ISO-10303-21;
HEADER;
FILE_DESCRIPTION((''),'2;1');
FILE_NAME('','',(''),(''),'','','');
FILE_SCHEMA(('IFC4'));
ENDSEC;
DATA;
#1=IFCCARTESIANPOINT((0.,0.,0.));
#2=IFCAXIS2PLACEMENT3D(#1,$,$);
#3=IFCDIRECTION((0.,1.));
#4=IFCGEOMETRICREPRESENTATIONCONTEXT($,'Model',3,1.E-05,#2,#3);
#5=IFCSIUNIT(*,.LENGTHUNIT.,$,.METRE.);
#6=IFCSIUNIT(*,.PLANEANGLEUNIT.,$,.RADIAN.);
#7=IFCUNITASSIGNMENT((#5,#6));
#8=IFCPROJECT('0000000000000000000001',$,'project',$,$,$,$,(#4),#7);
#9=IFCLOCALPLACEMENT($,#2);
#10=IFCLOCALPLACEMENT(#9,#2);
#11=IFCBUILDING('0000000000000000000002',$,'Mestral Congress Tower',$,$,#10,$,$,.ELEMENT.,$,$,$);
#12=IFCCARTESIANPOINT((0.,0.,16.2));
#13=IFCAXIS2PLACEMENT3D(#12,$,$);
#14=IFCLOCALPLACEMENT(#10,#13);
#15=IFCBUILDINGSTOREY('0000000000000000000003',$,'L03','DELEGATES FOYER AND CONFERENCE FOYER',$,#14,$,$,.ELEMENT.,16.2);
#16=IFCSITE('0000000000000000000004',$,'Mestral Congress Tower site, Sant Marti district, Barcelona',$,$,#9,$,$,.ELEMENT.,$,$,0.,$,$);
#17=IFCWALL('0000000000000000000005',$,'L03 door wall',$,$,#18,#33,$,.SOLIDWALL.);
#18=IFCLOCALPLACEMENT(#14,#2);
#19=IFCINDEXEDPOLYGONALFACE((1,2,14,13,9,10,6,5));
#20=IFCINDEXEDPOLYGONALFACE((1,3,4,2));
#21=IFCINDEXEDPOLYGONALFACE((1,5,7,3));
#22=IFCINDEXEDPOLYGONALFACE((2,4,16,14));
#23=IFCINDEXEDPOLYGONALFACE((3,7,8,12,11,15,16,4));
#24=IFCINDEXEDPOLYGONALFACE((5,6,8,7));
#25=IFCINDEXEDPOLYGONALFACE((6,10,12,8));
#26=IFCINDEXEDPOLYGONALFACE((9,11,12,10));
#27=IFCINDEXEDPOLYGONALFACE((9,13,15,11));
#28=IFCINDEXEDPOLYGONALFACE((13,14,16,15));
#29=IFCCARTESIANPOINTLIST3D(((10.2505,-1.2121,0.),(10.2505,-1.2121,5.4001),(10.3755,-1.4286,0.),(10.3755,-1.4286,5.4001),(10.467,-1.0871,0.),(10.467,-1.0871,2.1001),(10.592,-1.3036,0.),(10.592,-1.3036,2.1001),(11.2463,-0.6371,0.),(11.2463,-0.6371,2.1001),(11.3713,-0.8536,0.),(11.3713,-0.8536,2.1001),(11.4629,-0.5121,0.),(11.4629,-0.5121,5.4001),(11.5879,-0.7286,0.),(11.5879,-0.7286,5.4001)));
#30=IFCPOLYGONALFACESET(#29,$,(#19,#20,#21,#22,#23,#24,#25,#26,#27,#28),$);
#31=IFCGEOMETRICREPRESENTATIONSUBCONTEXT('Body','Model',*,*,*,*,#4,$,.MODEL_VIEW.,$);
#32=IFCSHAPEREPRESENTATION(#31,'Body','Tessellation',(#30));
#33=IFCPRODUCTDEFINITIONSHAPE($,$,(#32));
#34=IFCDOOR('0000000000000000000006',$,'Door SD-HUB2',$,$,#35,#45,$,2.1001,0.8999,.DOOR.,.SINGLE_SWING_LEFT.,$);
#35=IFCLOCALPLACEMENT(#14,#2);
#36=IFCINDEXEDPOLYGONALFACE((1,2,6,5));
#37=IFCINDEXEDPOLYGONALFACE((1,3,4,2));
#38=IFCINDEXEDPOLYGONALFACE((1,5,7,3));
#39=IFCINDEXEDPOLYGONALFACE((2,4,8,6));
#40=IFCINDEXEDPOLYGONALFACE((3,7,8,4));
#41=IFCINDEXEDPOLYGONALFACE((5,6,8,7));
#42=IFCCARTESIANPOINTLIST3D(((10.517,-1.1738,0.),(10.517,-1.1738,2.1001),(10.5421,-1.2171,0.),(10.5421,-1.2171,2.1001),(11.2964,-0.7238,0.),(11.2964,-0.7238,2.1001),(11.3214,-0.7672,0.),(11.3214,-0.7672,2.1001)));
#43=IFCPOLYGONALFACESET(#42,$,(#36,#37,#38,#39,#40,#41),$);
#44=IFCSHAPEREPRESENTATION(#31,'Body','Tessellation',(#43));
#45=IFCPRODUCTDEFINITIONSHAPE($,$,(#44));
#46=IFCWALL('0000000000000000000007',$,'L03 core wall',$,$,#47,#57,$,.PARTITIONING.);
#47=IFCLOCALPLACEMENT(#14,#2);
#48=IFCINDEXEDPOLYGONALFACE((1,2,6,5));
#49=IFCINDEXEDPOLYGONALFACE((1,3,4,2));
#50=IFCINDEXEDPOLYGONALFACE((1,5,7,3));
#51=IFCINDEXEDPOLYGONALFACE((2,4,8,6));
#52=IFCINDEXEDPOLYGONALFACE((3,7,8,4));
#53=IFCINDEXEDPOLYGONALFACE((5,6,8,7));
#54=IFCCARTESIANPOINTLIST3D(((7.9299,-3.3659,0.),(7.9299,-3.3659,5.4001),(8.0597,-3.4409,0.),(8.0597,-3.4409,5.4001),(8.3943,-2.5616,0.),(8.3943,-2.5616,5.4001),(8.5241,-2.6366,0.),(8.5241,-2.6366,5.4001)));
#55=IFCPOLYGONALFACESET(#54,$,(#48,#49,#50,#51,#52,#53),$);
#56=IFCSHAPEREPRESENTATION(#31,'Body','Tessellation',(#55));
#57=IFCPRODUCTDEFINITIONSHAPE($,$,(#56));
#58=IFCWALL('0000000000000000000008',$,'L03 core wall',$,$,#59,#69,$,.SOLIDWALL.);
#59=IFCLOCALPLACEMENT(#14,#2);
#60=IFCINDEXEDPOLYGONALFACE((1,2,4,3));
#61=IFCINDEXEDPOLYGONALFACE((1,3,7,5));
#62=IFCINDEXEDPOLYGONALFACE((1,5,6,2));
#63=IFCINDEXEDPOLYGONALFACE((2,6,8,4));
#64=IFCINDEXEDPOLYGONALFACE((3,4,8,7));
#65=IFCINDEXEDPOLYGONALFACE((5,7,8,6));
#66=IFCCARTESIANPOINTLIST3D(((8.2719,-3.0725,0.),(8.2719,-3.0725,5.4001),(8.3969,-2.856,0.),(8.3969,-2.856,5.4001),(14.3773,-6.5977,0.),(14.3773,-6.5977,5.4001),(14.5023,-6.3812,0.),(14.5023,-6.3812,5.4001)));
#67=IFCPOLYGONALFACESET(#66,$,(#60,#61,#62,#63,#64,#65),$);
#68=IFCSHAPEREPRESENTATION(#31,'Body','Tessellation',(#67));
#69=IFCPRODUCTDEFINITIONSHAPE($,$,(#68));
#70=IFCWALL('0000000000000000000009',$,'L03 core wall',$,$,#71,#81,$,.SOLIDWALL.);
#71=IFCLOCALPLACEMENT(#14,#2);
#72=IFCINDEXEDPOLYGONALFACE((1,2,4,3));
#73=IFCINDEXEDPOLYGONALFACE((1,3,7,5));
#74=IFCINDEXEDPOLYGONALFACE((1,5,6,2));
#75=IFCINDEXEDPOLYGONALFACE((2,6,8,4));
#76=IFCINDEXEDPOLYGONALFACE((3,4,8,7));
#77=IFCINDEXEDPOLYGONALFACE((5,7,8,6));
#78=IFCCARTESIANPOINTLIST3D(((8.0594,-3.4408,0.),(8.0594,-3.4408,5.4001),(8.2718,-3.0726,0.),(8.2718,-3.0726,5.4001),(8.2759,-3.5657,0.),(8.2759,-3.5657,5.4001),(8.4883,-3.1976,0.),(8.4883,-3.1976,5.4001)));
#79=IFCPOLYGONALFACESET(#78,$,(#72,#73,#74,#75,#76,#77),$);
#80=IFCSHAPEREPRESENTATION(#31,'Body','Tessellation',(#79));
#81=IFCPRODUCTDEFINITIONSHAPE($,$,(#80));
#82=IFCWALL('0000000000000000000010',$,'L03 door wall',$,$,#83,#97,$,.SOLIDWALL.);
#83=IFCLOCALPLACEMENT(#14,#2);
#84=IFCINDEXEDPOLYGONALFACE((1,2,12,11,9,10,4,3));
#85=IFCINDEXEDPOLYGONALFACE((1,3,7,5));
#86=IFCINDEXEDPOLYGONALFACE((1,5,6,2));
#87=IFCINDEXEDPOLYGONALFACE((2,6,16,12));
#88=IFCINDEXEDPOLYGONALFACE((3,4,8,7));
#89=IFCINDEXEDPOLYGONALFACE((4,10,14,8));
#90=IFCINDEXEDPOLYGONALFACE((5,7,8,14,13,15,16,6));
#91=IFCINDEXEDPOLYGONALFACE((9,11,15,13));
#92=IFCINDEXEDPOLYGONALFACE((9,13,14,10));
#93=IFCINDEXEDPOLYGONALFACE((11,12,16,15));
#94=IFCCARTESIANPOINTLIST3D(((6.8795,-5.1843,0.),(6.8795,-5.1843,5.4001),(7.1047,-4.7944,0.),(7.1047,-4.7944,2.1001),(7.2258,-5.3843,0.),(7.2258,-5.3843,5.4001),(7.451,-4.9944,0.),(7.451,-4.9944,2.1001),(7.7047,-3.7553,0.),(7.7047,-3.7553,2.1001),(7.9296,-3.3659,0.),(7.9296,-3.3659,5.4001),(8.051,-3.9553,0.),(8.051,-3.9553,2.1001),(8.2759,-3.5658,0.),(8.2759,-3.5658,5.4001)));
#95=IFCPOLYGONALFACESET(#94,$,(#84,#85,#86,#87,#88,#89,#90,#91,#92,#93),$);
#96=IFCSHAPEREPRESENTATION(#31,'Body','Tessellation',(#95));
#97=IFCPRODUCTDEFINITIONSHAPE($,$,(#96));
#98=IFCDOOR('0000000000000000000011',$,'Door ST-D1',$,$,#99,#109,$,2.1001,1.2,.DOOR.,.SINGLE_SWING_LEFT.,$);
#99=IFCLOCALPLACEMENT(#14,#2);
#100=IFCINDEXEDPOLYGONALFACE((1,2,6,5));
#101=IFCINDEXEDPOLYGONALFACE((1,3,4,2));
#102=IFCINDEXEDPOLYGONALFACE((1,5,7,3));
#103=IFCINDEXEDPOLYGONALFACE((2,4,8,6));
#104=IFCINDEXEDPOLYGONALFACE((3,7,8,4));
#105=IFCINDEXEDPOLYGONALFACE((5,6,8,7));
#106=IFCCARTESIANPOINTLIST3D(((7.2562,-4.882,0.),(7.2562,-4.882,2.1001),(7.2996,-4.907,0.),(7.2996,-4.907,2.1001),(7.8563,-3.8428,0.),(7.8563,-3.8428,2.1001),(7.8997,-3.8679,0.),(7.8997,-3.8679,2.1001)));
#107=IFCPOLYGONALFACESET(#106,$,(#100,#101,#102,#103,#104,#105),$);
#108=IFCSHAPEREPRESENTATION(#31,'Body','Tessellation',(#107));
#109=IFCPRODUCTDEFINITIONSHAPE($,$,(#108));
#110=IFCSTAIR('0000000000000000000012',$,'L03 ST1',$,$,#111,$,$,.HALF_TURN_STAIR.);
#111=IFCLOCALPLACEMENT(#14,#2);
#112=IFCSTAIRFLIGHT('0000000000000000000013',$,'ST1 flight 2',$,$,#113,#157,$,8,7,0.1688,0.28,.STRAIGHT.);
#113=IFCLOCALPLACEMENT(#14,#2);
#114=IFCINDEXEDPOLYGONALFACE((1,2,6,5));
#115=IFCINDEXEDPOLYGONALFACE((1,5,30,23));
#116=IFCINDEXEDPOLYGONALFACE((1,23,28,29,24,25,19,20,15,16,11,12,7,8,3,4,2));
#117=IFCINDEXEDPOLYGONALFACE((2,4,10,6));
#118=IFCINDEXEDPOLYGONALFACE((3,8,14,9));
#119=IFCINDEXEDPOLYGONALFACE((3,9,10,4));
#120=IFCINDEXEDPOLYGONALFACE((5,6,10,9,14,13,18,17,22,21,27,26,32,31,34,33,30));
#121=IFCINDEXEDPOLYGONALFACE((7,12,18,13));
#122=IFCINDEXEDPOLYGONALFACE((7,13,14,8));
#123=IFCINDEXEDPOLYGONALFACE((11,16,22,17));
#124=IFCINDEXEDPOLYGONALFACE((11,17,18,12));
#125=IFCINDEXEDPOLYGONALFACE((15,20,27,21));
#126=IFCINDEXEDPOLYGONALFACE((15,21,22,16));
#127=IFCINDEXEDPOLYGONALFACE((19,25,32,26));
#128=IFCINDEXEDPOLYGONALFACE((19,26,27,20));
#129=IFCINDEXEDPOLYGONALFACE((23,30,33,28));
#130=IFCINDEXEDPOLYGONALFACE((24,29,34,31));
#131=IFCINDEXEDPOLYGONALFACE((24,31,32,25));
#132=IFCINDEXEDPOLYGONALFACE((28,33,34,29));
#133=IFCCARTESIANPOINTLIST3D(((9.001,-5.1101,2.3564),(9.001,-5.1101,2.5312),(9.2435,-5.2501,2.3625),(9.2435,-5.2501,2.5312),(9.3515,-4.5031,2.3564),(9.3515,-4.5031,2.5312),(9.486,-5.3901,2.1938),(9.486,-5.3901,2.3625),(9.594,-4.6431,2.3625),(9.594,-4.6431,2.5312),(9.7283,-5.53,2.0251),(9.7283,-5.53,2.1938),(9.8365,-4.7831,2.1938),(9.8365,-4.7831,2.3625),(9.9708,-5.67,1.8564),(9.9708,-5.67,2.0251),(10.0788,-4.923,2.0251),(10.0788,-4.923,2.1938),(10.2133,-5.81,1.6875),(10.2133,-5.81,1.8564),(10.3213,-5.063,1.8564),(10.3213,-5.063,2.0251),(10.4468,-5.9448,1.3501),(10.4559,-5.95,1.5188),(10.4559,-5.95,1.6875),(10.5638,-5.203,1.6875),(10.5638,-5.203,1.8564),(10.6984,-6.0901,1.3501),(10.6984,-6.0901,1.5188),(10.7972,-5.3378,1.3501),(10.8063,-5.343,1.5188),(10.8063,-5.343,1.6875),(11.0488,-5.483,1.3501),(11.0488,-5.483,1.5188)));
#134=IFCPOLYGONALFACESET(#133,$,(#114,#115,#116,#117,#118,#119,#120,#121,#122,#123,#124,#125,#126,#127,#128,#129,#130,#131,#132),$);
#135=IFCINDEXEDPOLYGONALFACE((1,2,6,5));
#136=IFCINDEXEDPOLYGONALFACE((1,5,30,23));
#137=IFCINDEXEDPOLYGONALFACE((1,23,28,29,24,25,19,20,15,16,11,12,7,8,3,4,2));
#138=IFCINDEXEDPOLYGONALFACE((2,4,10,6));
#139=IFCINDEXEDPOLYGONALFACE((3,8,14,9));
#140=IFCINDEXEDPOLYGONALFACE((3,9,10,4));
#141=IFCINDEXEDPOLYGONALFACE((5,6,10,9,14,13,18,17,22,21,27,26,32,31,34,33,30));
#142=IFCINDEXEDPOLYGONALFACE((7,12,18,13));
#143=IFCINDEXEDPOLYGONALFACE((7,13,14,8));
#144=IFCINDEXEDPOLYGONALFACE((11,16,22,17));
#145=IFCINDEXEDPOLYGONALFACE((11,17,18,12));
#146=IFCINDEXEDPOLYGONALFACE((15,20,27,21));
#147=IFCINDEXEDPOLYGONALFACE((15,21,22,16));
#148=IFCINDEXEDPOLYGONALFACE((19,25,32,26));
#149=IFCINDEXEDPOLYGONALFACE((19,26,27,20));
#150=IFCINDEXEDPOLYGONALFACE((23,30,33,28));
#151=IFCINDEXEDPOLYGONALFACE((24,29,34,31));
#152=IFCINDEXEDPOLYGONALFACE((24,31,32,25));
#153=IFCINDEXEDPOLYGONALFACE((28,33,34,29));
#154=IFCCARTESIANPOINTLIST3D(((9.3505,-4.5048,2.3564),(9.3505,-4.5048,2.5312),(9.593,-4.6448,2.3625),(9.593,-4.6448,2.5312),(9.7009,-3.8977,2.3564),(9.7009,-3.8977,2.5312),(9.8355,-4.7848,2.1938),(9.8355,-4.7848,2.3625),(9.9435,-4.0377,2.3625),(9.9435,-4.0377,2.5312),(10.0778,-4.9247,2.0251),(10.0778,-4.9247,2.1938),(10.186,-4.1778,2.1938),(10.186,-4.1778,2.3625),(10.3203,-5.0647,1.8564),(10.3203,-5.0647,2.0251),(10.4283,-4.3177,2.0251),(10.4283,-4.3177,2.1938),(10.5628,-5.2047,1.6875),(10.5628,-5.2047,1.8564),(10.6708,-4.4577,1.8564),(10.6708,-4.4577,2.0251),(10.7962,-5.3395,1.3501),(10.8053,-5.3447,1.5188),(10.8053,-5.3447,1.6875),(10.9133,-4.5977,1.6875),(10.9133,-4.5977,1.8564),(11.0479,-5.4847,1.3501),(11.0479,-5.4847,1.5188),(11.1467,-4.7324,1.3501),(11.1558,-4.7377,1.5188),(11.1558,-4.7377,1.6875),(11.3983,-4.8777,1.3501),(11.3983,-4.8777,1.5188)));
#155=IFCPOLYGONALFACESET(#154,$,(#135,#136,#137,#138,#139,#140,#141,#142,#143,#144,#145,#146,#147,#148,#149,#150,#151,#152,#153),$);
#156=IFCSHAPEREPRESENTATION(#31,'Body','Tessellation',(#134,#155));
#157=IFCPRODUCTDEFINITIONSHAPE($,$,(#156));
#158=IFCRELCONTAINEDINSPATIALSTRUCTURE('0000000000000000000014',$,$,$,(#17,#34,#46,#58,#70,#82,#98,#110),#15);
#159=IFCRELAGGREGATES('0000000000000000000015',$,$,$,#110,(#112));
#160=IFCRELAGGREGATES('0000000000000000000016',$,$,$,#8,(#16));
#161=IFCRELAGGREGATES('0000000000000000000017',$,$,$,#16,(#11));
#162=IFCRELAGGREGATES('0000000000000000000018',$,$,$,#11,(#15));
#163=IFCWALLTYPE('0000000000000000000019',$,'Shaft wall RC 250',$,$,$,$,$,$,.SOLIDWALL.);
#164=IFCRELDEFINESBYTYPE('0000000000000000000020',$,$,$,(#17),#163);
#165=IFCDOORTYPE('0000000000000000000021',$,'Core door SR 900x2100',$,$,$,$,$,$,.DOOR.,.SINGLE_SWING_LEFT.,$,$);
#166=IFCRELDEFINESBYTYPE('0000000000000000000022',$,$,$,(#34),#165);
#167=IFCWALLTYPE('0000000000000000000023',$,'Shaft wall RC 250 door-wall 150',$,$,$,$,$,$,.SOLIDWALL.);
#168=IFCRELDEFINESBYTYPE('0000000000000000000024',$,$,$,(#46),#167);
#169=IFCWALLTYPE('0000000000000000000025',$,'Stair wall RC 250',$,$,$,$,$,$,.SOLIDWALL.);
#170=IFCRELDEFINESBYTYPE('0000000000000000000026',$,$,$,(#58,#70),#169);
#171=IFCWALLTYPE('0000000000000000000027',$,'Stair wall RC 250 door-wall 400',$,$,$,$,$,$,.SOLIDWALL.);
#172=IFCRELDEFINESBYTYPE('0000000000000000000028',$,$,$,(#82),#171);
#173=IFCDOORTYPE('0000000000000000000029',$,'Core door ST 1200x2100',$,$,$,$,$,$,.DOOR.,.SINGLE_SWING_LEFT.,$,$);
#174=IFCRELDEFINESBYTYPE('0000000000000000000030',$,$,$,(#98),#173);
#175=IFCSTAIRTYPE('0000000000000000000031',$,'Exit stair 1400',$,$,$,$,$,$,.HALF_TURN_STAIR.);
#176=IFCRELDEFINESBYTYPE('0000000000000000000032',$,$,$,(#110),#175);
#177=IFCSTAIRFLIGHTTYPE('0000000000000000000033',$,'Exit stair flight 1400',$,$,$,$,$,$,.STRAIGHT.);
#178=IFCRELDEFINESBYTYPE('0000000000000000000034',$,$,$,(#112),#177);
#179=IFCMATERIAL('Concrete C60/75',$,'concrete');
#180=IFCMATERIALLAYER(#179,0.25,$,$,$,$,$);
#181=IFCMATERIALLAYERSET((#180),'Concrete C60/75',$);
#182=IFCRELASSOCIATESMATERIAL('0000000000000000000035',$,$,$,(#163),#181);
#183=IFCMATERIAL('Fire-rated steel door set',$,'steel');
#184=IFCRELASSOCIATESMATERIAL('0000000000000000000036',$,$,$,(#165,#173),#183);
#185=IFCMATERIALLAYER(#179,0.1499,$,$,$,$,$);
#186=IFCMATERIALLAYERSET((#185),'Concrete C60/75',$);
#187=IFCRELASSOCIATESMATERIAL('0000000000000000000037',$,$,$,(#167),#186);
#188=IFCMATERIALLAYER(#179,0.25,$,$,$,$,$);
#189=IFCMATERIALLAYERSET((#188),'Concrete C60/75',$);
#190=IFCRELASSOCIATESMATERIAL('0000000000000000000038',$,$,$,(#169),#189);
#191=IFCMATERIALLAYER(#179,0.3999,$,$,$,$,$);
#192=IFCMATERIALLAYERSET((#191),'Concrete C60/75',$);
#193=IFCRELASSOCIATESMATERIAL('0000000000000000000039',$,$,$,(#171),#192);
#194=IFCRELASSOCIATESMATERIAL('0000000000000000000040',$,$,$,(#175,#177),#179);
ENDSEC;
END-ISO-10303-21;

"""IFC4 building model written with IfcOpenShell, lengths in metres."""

from ifc_helpers import new_model, si_unit, direction, frame, frame_2d, origin, place, context, subcontext, project, spatial, polyline, rectangle, outline, extrude, material, layer, layer_set, type_object, element, fill, aggregate, save


model = new_model("IFC4")

# Units and contexts
model_context = context("Model", 3, precision=1e-05, world=origin(), true_north=direction((0.0, 1.0)))
body_context = subcontext(model_context, "Body", "Model", "MODEL_VIEW")
ifc_project = project(units=[si_unit("LENGTHUNIT", "METRE"), si_unit("PLANEANGLEUNIT", "RADIAN")], contexts=[model_context])

# Site, building, storey
site_placement = place(None, origin())
site = spatial("IfcSite", under=ifc_project, at=site_placement, Name="Mestral Congress Tower site, Sant Marti district, Barcelona", CompositionType="ELEMENT", RefElevation=0.0)
building_placement = place(site_placement, origin())
building = spatial("IfcBuilding", under=site, at=building_placement, Name="Mestral Congress Tower", CompositionType="ELEMENT")
storey_placement = place(building_placement, frame((0.0, 0.0, 16.2)))
storey = spatial("IfcBuildingStorey", under=building, at=storey_placement, Name="L03", Description="DELEGATES FOYER AND CONFERENCE FOYER", CompositionType="ELEMENT", Elevation=16.2)

# Shared definitions
ifc_material_1 = material(Name="Concrete C60/75", Category="concrete")
ifc_layer_1 = layer(ifc_material_1, 0.25)
ifc_layer_set_1 = layer_set([ifc_layer_1], Name="Concrete C60/75")
wall_type_1 = type_object("IfcWallType", Name="Shaft wall RC 250", PredefinedType="SOLIDWALL", material=ifc_layer_set_1)

# Wall, opening, door
ifc_material_2 = material(Name="Fire-rated steel door set", Category="steel")
door_type_1 = type_object("IfcDoorType", Name="Core door SR 900x2100", OperationType="SINGLE_SWING_LEFT", PredefinedType="DOOR", material=ifc_material_2)
wall_1_placement = place(storey_placement, frame((10.313, -1.3203, 0.0), z_axis=(0.0, 0.0, 1.0), x_axis=(0.866035, 0.499984, 0.0)))
wall_1 = element("IfcWall", 1, at=wall_1_placement, inside=storey, type_object=wall_type_1, Name="L03 door wall", PredefinedType="SOLIDWALL", context=body_context, shape_type="SweptSolid", body=[
    extrude(rectangle(XDim=1.3999, YDim=0.25, at=frame_2d((0.7, 0.0))), origin(), (0.0, 0.0, 1.0), 5.4001),
])
opening_1_placement = place(wall_1_placement, frame((0.25, 0.0, 0.0)))
opening_1 = element("IfcOpeningElement", 2, at=opening_1_placement, cuts=wall_1, PredefinedType="OPENING", context=body_context, shape_type="SweptSolid", body=[
    extrude(rectangle(XDim=0.8999, YDim=2.1001, at=frame_2d((0.45, 1.05))), frame((0.0, 0.135, 0.0), z_axis=(0.0, -1.0, 0.0), x_axis=(1.0, 0.0, 0.0)), (0.0, 0.0, 1.0), 0.27),
])
door_1_placement = place(opening_1_placement, origin())
door_1 = element("IfcDoor", 3, at=door_1_placement, inside=storey, type_object=door_type_1, Name="Door SD-HUB2", OperationType="SINGLE_SWING_LEFT", OverallHeight=2.1001, OverallWidth=0.8999, PredefinedType="DOOR", context=body_context, shape_type="SweptSolid", body=[
    extrude(rectangle(XDim=0.8999, YDim=2.1001, at=frame_2d((0.45, 1.05))), frame((0.0, 0.0249, 0.0), z_axis=(0.0, -1.0, 0.0), x_axis=(1.0, 0.0, 0.0)), (0.0, 0.0, 1.0), 0.05),
])
fill(opening_1, door_1)

# Walls
ifc_layer_2 = layer(ifc_material_1, 0.1499)
ifc_layer_set_2 = layer_set([ifc_layer_2], Name="Concrete C60/75")
wall_type_2 = type_object("IfcWallType", Name="Shaft wall RC 250 door-wall 150", PredefinedType="SOLIDWALL", material=ifc_layer_set_2)
wall_2_placement = place(storey_placement, frame((8.4592, -2.5991, 0.0), z_axis=(0.0, 0.0, 1.0), x_axis=(-0.500041, -0.866002, 0.0)))
element("IfcWall", 4, at=wall_2_placement, inside=storey, type_object=wall_type_2, Name="L03 core wall", PredefinedType="PARTITIONING", context=body_context, shape_type="SweptSolid", body=[
    extrude(rectangle(XDim=0.9287, YDim=0.1499, at=frame_2d((0.4644, 0.0))), origin(), (0.0, 0.0, 1.0), 5.4001),
])
ifc_layer_3 = layer(ifc_material_1, 0.25)
ifc_layer_set_3 = layer_set([ifc_layer_3], Name="Concrete C60/75")
wall_type_3 = type_object("IfcWallType", Name="Stair wall RC 250", PredefinedType="SOLIDWALL", material=ifc_layer_set_3)
wall_3_placement = place(storey_placement, frame((8.3345, -2.9644, 0.0), z_axis=(0.0, 0.0, 1.0), x_axis=(0.866016, -0.500016, 0.0)))
element("IfcWall", 5, at=wall_3_placement, inside=storey, type_object=wall_type_3, Name="L03 core wall", PredefinedType="SOLIDWALL", context=body_context, shape_type="SweptSolid", body=[
    extrude(rectangle(XDim=7.05, YDim=0.25, at=frame_2d((3.5249, 0.0))), origin(), (0.0, 0.0, 1.0), 5.4001),
])
wall_4_placement = place(storey_placement, frame((8.1677, -3.5032, 0.0), z_axis=(0.0, 0.0, 1.0), x_axis=(0.499722, 0.866186, 0.0)))
element("IfcWall", 6, at=wall_4_placement, inside=storey, type_object=wall_type_3, Name="L03 core wall", PredefinedType="SOLIDWALL", context=body_context, shape_type="SweptSolid", body=[
    extrude(rectangle(XDim=0.425, YDim=0.25, at=frame_2d((0.2124, 0.0))), origin(), (0.0, 0.0, 1.0), 5.4001),
])

# Wall, opening, door
ifc_layer_4 = layer(ifc_material_1, 0.3999)
ifc_layer_set_4 = layer_set([ifc_layer_4], Name="Concrete C60/75")
wall_type_4 = type_object("IfcWallType", Name="Stair wall RC 250 door-wall 400", PredefinedType="SOLIDWALL", material=ifc_layer_set_4)
wall_5_placement = place(storey_placement, frame((7.0527, -5.2842, 0.0), z_axis=(0.0, 0.0, 1.0), x_axis=(0.500078, 0.86598, 0.0)))
wall_5 = element("IfcWall", 7, at=wall_5_placement, inside=storey, type_object=wall_type_4, Name="L03 door wall", PredefinedType="SOLIDWALL", context=body_context, shape_type="SweptSolid", body=[
    extrude(rectangle(XDim=2.0999, YDim=0.3999, at=frame_2d((1.0498, 0.0))), origin(), (0.0, 0.0, 1.0), 5.4001),
])
opening_2_placement = place(wall_5_placement, frame((0.45, 0.0, 0.0)))
opening_2 = element("IfcOpeningElement", 8, at=opening_2_placement, cuts=wall_5, PredefinedType="OPENING", context=body_context, shape_type="SweptSolid", body=[
    extrude(rectangle(XDim=1.2, YDim=2.1001, at=frame_2d((0.6001, 1.05))), frame((0.0, 0.21, 0.0), z_axis=(0.0, -1.0, 0.0), x_axis=(1.0, 0.0, 0.0)), (0.0, 0.0, 1.0), 0.4199),
])
door_type_2 = type_object("IfcDoorType", Name="Core door ST 1200x2100", OperationType="SINGLE_SWING_LEFT", PredefinedType="DOOR", material=ifc_material_2)
door_2_placement = place(opening_2_placement, origin())
door_2 = element("IfcDoor", 9, at=door_2_placement, inside=storey, type_object=door_type_2, Name="Door ST-D1", OperationType="SINGLE_SWING_LEFT", OverallHeight=2.1001, OverallWidth=1.2, PredefinedType="DOOR", context=body_context, shape_type="SweptSolid", body=[
    extrude(rectangle(XDim=1.2, YDim=2.1001, at=frame_2d((0.6001, 1.05))), frame((0.0, 0.0249, 0.0), z_axis=(0.0, -1.0, 0.0), x_axis=(1.0, 0.0, 0.0)), (0.0, 0.0, 1.0), 0.05),
])
fill(opening_2, door_2)

# Stair, stair flight
stair_type = type_object("IfcStairType", Name="Exit stair 1400", PredefinedType="HALF_TURN_STAIR", material=ifc_material_1)
stair_placement = place(storey_placement, origin())
stair = element("IfcStair", 10, at=stair_placement, inside=storey, type_object=stair_type, Name="L03 ST1", PredefinedType="HALF_TURN_STAIR")
stair_flight_type = type_object("IfcStairFlightType", Name="Exit stair flight 1400", PredefinedType="STRAIGHT", material=ifc_material_1)
stair_flight_1_placement = place(storey_placement, frame((11.0483, -5.4839, 1.3501), z_axis=(0.0, 0.0, 1.0), x_axis=(-0.866025, 0.5, 0.0)))
stair_flight_1 = element("IfcStairFlight", 11, at=stair_flight_1_placement, type_object=stair_flight_type, Name="ST1 flight 2", NumberOfRisers=8, NumberOfTreads=7, PredefinedType="STRAIGHT", RiserHeight=0.1688, TreadLength=0.28, context=body_context, shape_type="SweptSolid", body=[
    extrude(outline(polyline([(0.0, 0.0), (0.0, 0.1687), (0.28, 0.1687), (0.28, 0.3374), (0.5601, 0.3374), (0.5601, 0.5063), (0.8401, 0.5063), (0.8401, 0.675), (1.1201, 0.675), (1.1201, 0.8438), (1.3999, 0.8438), (1.3999, 1.0125), (1.6799, 1.0125), (1.6799, 1.1812), (1.96, 1.1812), (1.96, 1.3501), (1.96, 1.0063), (0.2905, 0.0), (0.0, 0.0)])), frame((0.0, 0.7, 0.0), z_axis=(0.0, -1.0, 0.0), x_axis=(1.0, 0.0, 0.0)), (0.0, 0.0, 1.0), 0.7009),
    extrude(outline(polyline([(0.0, 0.0), (0.0, 0.1687), (0.28, 0.1687), (0.28, 0.3374), (0.5601, 0.3374), (0.5601, 0.5063), (0.8401, 0.5063), (0.8401, 0.675), (1.1201, 0.675), (1.1201, 0.8438), (1.3999, 0.8438), (1.3999, 1.0125), (1.6799, 1.0125), (1.6799, 1.1812), (1.96, 1.1812), (1.96, 1.3501), (1.96, 1.0063), (0.2905, 0.0), (0.0, 0.0)])), frame((0.0, 0.001, 0.0), z_axis=(0.0, -1.0, 0.0), x_axis=(1.0, 0.0, 0.0)), (0.0, 0.0, 1.0), 0.7009),
])
aggregate(stair, [stair_flight_1])

save(model, "model.ifc")
